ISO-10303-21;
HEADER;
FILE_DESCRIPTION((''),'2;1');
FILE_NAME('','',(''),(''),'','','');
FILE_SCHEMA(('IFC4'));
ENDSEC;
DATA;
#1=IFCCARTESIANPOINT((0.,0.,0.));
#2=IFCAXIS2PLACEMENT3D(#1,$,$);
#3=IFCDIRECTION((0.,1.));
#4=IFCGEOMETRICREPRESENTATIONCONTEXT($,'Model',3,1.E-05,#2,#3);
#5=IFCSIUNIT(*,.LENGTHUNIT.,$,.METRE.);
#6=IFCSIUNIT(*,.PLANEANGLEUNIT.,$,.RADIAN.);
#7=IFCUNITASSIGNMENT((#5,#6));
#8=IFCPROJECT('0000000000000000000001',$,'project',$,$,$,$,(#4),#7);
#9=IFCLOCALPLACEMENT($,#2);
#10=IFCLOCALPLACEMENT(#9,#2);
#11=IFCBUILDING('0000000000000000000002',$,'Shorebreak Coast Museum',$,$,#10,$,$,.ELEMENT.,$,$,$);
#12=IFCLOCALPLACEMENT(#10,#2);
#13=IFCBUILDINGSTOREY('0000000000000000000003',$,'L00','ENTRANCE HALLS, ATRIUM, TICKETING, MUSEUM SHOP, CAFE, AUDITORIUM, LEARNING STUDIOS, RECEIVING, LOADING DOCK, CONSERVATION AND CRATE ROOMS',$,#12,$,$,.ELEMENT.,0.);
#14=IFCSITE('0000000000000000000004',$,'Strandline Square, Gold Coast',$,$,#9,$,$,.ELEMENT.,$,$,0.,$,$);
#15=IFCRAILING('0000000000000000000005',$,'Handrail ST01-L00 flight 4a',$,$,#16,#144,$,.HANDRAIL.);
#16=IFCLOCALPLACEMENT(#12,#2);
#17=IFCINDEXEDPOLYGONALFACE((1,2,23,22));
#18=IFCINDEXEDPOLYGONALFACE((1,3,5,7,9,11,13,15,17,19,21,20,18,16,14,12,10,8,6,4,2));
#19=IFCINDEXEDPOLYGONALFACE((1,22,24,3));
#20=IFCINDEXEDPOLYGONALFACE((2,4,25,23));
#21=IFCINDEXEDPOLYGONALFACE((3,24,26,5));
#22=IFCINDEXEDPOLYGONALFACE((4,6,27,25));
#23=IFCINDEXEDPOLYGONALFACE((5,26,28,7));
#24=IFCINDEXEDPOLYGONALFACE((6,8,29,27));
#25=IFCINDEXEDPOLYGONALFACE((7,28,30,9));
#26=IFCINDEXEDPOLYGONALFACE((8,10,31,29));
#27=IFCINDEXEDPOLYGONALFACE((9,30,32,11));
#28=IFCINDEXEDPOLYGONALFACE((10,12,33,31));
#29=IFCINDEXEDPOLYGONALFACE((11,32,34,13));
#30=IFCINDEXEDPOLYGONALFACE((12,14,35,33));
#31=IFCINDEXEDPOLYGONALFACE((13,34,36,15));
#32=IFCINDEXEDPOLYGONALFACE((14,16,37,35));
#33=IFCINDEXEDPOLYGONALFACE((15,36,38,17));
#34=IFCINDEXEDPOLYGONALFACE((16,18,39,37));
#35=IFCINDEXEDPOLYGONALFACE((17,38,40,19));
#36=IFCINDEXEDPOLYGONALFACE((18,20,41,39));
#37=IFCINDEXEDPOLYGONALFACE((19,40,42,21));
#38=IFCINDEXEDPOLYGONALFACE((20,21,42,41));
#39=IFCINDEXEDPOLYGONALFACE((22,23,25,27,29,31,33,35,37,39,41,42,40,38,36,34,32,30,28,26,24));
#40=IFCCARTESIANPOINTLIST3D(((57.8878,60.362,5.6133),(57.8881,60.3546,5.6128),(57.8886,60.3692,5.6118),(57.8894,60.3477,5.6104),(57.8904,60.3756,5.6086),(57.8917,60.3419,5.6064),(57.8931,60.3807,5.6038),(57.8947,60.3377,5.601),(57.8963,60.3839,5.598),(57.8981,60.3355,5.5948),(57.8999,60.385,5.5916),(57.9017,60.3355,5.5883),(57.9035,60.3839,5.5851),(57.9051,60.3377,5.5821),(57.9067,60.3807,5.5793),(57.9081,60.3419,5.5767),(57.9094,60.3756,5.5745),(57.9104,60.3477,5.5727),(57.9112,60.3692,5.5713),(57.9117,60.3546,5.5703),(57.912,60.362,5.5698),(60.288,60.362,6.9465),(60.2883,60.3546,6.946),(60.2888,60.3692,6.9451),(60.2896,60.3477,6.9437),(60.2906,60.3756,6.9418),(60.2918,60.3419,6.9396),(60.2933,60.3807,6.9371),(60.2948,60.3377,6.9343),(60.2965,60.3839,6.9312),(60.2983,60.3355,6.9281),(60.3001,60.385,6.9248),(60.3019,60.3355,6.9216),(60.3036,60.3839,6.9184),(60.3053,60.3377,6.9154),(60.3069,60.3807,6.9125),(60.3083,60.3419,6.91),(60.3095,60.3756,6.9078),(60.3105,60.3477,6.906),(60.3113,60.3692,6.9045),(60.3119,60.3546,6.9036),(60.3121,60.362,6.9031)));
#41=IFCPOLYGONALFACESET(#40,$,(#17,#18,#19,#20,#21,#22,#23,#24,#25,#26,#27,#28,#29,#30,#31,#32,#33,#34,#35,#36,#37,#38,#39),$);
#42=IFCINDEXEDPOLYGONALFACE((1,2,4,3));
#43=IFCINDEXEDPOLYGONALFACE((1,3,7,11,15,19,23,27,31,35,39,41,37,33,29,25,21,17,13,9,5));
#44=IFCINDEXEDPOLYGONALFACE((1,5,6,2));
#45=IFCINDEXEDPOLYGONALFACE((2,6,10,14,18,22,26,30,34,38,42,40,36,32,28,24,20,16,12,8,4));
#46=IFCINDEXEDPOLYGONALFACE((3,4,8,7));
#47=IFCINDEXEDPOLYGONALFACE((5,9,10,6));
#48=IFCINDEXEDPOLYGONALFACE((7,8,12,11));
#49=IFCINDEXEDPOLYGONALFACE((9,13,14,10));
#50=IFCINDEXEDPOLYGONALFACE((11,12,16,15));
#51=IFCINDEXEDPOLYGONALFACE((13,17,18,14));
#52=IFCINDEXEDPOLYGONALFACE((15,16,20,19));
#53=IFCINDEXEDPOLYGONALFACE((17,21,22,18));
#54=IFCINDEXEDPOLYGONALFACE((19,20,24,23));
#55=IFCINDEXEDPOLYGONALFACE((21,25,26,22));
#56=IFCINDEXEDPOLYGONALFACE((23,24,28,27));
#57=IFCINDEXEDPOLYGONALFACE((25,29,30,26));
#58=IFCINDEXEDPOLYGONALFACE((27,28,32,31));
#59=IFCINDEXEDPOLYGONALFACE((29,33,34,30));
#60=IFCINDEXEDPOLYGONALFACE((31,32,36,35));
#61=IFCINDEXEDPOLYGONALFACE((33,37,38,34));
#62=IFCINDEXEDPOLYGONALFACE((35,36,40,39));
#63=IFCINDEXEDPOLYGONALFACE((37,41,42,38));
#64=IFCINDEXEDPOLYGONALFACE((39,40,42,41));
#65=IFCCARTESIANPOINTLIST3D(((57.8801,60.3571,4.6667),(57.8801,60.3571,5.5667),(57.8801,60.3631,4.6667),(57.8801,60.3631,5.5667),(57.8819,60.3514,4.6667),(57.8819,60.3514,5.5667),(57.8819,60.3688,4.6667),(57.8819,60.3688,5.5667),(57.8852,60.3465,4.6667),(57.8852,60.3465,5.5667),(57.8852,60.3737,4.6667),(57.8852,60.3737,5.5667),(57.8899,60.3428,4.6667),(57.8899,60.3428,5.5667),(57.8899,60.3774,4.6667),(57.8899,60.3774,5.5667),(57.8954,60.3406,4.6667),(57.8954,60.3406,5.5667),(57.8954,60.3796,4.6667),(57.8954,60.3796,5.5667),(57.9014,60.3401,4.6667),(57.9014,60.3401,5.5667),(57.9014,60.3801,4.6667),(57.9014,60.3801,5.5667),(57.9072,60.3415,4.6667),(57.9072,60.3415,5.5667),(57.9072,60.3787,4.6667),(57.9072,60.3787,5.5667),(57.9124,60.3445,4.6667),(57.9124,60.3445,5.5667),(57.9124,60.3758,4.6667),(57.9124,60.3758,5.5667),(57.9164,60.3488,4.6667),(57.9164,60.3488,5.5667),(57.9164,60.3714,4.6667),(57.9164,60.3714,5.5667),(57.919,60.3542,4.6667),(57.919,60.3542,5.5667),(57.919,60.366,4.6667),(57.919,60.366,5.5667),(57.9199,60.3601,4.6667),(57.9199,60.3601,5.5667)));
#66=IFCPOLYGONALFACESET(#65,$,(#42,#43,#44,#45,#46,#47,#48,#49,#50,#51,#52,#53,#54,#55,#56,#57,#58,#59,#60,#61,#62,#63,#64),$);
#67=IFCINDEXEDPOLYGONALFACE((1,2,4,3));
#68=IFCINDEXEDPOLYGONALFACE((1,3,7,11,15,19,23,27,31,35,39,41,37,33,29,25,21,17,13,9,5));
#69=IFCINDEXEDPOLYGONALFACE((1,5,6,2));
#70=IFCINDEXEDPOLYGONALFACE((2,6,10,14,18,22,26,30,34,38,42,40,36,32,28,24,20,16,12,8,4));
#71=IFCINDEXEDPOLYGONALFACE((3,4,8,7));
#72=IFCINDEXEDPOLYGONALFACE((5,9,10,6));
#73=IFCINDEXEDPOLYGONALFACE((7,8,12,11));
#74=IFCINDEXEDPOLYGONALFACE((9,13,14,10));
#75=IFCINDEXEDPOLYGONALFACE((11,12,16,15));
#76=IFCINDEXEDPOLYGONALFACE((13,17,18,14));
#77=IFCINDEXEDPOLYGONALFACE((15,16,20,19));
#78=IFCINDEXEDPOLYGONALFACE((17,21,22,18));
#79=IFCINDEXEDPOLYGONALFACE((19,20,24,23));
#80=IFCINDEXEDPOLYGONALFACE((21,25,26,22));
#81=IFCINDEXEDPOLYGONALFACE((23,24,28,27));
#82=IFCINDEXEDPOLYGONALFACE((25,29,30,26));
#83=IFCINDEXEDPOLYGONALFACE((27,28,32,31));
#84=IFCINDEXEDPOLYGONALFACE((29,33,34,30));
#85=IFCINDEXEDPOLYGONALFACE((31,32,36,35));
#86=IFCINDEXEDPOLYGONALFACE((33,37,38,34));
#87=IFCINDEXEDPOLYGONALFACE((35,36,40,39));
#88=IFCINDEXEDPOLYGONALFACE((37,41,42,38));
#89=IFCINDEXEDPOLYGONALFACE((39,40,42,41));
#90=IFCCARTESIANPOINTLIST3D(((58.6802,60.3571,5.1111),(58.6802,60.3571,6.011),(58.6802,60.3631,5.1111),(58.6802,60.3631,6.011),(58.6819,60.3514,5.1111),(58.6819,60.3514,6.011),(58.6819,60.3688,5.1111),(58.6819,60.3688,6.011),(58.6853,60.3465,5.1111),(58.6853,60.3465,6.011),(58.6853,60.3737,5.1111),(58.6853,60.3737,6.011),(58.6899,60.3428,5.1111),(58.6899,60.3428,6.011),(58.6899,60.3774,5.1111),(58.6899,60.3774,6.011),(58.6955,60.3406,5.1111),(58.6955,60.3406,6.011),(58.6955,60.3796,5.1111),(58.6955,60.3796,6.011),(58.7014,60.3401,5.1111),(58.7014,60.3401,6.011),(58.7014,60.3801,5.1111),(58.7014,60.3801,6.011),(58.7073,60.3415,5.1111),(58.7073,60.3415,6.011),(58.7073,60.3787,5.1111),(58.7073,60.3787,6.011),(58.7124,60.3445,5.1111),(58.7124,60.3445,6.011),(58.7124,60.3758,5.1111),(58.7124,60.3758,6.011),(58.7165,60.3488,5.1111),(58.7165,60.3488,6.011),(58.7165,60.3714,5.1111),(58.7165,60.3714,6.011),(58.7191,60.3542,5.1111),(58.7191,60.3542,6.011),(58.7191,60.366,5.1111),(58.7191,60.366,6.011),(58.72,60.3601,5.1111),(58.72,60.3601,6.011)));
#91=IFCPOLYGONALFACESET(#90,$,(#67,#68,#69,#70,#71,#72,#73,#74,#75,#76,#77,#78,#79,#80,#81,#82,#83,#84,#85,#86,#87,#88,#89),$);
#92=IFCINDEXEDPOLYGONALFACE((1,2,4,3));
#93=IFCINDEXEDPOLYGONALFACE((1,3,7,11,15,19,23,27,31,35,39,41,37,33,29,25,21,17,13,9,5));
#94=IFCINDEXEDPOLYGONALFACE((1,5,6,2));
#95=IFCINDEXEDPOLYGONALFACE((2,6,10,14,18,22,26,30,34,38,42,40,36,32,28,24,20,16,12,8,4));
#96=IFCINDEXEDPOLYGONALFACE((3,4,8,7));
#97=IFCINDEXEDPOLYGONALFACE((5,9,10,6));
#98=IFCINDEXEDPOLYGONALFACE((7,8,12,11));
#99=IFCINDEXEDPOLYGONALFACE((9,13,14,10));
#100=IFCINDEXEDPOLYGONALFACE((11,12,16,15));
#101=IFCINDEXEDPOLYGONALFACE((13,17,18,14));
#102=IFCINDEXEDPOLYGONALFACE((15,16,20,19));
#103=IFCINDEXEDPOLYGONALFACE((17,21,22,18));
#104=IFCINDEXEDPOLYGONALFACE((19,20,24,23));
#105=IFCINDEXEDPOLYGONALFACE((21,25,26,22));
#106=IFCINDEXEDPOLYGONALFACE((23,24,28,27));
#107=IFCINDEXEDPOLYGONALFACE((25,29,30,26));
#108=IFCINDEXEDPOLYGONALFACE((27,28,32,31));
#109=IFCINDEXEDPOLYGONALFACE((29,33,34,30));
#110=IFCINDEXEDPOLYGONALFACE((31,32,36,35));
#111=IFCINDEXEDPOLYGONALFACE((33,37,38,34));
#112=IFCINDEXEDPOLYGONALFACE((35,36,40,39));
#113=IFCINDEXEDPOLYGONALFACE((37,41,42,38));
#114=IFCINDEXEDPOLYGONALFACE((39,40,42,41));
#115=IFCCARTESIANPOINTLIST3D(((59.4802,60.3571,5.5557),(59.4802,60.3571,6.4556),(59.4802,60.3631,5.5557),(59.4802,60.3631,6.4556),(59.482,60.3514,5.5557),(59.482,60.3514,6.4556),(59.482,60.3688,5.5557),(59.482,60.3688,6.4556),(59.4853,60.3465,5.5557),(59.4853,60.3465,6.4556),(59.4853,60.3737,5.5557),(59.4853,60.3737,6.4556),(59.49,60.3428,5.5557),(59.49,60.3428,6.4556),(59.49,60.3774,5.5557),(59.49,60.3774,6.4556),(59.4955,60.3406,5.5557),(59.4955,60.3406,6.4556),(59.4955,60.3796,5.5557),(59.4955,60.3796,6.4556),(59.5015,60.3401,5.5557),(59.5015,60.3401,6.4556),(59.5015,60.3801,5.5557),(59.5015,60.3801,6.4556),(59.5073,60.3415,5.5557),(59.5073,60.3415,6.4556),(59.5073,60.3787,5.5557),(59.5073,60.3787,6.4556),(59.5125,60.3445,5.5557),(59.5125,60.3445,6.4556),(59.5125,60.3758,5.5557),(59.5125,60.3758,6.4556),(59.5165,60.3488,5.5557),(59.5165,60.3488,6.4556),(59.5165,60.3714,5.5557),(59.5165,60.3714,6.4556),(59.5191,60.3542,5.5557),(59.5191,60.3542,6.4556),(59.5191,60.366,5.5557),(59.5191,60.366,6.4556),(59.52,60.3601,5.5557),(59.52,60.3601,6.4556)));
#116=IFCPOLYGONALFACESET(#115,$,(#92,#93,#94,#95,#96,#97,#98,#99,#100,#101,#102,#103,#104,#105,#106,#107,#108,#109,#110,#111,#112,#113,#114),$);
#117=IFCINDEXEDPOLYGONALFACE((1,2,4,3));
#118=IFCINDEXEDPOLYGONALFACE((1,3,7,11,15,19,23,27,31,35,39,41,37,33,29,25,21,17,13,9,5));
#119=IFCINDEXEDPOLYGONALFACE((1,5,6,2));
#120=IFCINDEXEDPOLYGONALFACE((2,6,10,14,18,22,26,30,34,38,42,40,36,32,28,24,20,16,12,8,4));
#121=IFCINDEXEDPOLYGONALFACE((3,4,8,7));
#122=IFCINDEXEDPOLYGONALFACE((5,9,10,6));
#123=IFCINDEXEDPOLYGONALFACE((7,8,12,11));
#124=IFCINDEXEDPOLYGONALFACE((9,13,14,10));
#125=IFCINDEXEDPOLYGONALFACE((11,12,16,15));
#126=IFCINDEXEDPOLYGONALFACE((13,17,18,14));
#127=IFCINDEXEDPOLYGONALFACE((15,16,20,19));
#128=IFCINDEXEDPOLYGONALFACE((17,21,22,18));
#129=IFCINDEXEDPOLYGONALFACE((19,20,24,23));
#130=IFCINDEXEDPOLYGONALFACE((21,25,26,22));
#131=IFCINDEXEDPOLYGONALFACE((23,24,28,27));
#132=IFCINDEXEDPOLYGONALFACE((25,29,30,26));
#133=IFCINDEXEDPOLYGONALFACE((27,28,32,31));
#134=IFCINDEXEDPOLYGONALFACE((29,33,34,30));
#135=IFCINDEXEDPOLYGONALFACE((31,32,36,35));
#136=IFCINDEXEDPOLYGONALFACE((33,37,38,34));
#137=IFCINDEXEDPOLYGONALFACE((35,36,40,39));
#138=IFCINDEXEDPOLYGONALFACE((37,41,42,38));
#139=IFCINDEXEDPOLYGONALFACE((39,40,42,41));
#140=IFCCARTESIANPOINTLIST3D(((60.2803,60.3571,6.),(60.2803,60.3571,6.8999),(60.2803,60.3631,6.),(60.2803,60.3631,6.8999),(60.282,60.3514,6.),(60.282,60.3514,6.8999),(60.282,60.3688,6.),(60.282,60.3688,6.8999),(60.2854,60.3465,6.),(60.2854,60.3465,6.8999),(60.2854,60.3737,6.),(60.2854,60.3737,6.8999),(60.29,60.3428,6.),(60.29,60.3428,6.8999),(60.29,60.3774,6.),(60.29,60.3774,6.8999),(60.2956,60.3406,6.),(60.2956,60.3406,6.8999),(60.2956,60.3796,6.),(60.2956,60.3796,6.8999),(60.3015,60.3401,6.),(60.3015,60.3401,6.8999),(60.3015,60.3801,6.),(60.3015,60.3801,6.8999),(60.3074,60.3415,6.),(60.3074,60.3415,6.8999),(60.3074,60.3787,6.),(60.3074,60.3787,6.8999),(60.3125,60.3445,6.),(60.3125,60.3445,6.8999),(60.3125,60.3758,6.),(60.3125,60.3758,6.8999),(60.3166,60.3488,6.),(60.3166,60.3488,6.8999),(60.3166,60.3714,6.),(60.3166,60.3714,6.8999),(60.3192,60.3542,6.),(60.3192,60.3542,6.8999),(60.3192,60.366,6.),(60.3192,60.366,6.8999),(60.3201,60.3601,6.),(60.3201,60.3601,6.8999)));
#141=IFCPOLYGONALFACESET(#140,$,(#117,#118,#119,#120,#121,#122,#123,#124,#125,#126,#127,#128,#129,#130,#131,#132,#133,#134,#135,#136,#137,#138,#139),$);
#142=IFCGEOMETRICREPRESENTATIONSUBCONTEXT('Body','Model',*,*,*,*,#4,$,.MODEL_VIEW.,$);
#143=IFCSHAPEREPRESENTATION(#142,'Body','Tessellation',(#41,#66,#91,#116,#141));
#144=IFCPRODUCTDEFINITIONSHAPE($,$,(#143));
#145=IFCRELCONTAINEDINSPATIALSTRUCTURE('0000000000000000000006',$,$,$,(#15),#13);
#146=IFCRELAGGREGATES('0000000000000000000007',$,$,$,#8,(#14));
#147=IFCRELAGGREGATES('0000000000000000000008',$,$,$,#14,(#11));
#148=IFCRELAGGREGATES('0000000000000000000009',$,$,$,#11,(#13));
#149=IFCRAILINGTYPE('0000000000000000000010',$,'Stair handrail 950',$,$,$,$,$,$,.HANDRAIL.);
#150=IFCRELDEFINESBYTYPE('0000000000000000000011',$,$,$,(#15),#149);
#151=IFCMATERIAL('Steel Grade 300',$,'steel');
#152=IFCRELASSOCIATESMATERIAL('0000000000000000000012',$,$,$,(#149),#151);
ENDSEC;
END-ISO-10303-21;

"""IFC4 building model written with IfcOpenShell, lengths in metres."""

from ifc_helpers import new_model, si_unit, direction, frame, origin, origin_2d, place, context, subcontext, project, spatial, circle, extrude, material, type_object, element, save


model = new_model("IFC4")

# Units and contexts
model_context = context("Model", 3, precision=1e-05, world=origin(), true_north=direction((0.0, 1.0)))
body_context = subcontext(model_context, "Body", "Model", "MODEL_VIEW")
ifc_project = project(units=[si_unit("LENGTHUNIT", "METRE"), si_unit("PLANEANGLEUNIT", "RADIAN")], contexts=[model_context])

# Site, building, storey
site_placement = place(None, origin())
site = spatial("IfcSite", under=ifc_project, at=site_placement, Name="Strandline Square, Gold Coast", CompositionType="ELEMENT", RefElevation=0.0)
building_placement = place(site_placement, origin())
building = spatial("IfcBuilding", under=site, at=building_placement, Name="Shorebreak Coast Museum", CompositionType="ELEMENT")
storey_placement = place(building_placement, origin())
storey = spatial("IfcBuildingStorey", under=building, at=storey_placement, Name="L00", Description="ENTRANCE HALLS, ATRIUM, TICKETING, MUSEUM SHOP, CAFE, AUDITORIUM, LEARNING STUDIOS, RECEIVING, LOADING DOCK, CONSERVATION AND CRATE ROOMS", CompositionType="ELEMENT", Elevation=0.0)

# Railing
ifc_material_1 = material(Name="Steel Grade 300", Category="steel")
railing_type_1 = type_object("IfcRailingType", Name="Stair handrail 950", PredefinedType="HANDRAIL", material=ifc_material_1)
for number, where, name in (
    (1, (57.8999, 60.3601, 4.6667), "Handrail ST01-L00 flight 4a"),
):
    element("IfcRailing", number, at=place(storey_placement, frame(where)), inside=storey, type_object=railing_type_1, Name=name, PredefinedType="HANDRAIL", context=body_context, shape_type="SweptSolid", body=[
        extrude(circle(Radius=0.0249, at=origin_2d()), frame((0.0, 0.0, 0.9248), z_axis=(0.874182, 0.0, 0.485598), x_axis=(0.0, 1.0, 0.0)), (0.0, 0.0, 1.0), 2.7456),
        extrude(circle(Radius=0.02, at=origin_2d()), origin(), (0.0, 0.0, 1.0), 0.8999),
        extrude(circle(Radius=0.02, at=origin_2d()), frame((0.8, 0.0, 0.4443)), (0.0, 0.0, 1.0), 0.8999),
        extrude(circle(Radius=0.02, at=origin_2d()), frame((1.6001, 0.0, 0.8889)), (0.0, 0.0, 1.0), 0.8999),
        extrude(circle(Radius=0.02, at=origin_2d()), frame((2.4001, 0.0, 1.3333)), (0.0, 0.0, 1.0), 0.8999),
    ])

save(model, "model.ifc")
